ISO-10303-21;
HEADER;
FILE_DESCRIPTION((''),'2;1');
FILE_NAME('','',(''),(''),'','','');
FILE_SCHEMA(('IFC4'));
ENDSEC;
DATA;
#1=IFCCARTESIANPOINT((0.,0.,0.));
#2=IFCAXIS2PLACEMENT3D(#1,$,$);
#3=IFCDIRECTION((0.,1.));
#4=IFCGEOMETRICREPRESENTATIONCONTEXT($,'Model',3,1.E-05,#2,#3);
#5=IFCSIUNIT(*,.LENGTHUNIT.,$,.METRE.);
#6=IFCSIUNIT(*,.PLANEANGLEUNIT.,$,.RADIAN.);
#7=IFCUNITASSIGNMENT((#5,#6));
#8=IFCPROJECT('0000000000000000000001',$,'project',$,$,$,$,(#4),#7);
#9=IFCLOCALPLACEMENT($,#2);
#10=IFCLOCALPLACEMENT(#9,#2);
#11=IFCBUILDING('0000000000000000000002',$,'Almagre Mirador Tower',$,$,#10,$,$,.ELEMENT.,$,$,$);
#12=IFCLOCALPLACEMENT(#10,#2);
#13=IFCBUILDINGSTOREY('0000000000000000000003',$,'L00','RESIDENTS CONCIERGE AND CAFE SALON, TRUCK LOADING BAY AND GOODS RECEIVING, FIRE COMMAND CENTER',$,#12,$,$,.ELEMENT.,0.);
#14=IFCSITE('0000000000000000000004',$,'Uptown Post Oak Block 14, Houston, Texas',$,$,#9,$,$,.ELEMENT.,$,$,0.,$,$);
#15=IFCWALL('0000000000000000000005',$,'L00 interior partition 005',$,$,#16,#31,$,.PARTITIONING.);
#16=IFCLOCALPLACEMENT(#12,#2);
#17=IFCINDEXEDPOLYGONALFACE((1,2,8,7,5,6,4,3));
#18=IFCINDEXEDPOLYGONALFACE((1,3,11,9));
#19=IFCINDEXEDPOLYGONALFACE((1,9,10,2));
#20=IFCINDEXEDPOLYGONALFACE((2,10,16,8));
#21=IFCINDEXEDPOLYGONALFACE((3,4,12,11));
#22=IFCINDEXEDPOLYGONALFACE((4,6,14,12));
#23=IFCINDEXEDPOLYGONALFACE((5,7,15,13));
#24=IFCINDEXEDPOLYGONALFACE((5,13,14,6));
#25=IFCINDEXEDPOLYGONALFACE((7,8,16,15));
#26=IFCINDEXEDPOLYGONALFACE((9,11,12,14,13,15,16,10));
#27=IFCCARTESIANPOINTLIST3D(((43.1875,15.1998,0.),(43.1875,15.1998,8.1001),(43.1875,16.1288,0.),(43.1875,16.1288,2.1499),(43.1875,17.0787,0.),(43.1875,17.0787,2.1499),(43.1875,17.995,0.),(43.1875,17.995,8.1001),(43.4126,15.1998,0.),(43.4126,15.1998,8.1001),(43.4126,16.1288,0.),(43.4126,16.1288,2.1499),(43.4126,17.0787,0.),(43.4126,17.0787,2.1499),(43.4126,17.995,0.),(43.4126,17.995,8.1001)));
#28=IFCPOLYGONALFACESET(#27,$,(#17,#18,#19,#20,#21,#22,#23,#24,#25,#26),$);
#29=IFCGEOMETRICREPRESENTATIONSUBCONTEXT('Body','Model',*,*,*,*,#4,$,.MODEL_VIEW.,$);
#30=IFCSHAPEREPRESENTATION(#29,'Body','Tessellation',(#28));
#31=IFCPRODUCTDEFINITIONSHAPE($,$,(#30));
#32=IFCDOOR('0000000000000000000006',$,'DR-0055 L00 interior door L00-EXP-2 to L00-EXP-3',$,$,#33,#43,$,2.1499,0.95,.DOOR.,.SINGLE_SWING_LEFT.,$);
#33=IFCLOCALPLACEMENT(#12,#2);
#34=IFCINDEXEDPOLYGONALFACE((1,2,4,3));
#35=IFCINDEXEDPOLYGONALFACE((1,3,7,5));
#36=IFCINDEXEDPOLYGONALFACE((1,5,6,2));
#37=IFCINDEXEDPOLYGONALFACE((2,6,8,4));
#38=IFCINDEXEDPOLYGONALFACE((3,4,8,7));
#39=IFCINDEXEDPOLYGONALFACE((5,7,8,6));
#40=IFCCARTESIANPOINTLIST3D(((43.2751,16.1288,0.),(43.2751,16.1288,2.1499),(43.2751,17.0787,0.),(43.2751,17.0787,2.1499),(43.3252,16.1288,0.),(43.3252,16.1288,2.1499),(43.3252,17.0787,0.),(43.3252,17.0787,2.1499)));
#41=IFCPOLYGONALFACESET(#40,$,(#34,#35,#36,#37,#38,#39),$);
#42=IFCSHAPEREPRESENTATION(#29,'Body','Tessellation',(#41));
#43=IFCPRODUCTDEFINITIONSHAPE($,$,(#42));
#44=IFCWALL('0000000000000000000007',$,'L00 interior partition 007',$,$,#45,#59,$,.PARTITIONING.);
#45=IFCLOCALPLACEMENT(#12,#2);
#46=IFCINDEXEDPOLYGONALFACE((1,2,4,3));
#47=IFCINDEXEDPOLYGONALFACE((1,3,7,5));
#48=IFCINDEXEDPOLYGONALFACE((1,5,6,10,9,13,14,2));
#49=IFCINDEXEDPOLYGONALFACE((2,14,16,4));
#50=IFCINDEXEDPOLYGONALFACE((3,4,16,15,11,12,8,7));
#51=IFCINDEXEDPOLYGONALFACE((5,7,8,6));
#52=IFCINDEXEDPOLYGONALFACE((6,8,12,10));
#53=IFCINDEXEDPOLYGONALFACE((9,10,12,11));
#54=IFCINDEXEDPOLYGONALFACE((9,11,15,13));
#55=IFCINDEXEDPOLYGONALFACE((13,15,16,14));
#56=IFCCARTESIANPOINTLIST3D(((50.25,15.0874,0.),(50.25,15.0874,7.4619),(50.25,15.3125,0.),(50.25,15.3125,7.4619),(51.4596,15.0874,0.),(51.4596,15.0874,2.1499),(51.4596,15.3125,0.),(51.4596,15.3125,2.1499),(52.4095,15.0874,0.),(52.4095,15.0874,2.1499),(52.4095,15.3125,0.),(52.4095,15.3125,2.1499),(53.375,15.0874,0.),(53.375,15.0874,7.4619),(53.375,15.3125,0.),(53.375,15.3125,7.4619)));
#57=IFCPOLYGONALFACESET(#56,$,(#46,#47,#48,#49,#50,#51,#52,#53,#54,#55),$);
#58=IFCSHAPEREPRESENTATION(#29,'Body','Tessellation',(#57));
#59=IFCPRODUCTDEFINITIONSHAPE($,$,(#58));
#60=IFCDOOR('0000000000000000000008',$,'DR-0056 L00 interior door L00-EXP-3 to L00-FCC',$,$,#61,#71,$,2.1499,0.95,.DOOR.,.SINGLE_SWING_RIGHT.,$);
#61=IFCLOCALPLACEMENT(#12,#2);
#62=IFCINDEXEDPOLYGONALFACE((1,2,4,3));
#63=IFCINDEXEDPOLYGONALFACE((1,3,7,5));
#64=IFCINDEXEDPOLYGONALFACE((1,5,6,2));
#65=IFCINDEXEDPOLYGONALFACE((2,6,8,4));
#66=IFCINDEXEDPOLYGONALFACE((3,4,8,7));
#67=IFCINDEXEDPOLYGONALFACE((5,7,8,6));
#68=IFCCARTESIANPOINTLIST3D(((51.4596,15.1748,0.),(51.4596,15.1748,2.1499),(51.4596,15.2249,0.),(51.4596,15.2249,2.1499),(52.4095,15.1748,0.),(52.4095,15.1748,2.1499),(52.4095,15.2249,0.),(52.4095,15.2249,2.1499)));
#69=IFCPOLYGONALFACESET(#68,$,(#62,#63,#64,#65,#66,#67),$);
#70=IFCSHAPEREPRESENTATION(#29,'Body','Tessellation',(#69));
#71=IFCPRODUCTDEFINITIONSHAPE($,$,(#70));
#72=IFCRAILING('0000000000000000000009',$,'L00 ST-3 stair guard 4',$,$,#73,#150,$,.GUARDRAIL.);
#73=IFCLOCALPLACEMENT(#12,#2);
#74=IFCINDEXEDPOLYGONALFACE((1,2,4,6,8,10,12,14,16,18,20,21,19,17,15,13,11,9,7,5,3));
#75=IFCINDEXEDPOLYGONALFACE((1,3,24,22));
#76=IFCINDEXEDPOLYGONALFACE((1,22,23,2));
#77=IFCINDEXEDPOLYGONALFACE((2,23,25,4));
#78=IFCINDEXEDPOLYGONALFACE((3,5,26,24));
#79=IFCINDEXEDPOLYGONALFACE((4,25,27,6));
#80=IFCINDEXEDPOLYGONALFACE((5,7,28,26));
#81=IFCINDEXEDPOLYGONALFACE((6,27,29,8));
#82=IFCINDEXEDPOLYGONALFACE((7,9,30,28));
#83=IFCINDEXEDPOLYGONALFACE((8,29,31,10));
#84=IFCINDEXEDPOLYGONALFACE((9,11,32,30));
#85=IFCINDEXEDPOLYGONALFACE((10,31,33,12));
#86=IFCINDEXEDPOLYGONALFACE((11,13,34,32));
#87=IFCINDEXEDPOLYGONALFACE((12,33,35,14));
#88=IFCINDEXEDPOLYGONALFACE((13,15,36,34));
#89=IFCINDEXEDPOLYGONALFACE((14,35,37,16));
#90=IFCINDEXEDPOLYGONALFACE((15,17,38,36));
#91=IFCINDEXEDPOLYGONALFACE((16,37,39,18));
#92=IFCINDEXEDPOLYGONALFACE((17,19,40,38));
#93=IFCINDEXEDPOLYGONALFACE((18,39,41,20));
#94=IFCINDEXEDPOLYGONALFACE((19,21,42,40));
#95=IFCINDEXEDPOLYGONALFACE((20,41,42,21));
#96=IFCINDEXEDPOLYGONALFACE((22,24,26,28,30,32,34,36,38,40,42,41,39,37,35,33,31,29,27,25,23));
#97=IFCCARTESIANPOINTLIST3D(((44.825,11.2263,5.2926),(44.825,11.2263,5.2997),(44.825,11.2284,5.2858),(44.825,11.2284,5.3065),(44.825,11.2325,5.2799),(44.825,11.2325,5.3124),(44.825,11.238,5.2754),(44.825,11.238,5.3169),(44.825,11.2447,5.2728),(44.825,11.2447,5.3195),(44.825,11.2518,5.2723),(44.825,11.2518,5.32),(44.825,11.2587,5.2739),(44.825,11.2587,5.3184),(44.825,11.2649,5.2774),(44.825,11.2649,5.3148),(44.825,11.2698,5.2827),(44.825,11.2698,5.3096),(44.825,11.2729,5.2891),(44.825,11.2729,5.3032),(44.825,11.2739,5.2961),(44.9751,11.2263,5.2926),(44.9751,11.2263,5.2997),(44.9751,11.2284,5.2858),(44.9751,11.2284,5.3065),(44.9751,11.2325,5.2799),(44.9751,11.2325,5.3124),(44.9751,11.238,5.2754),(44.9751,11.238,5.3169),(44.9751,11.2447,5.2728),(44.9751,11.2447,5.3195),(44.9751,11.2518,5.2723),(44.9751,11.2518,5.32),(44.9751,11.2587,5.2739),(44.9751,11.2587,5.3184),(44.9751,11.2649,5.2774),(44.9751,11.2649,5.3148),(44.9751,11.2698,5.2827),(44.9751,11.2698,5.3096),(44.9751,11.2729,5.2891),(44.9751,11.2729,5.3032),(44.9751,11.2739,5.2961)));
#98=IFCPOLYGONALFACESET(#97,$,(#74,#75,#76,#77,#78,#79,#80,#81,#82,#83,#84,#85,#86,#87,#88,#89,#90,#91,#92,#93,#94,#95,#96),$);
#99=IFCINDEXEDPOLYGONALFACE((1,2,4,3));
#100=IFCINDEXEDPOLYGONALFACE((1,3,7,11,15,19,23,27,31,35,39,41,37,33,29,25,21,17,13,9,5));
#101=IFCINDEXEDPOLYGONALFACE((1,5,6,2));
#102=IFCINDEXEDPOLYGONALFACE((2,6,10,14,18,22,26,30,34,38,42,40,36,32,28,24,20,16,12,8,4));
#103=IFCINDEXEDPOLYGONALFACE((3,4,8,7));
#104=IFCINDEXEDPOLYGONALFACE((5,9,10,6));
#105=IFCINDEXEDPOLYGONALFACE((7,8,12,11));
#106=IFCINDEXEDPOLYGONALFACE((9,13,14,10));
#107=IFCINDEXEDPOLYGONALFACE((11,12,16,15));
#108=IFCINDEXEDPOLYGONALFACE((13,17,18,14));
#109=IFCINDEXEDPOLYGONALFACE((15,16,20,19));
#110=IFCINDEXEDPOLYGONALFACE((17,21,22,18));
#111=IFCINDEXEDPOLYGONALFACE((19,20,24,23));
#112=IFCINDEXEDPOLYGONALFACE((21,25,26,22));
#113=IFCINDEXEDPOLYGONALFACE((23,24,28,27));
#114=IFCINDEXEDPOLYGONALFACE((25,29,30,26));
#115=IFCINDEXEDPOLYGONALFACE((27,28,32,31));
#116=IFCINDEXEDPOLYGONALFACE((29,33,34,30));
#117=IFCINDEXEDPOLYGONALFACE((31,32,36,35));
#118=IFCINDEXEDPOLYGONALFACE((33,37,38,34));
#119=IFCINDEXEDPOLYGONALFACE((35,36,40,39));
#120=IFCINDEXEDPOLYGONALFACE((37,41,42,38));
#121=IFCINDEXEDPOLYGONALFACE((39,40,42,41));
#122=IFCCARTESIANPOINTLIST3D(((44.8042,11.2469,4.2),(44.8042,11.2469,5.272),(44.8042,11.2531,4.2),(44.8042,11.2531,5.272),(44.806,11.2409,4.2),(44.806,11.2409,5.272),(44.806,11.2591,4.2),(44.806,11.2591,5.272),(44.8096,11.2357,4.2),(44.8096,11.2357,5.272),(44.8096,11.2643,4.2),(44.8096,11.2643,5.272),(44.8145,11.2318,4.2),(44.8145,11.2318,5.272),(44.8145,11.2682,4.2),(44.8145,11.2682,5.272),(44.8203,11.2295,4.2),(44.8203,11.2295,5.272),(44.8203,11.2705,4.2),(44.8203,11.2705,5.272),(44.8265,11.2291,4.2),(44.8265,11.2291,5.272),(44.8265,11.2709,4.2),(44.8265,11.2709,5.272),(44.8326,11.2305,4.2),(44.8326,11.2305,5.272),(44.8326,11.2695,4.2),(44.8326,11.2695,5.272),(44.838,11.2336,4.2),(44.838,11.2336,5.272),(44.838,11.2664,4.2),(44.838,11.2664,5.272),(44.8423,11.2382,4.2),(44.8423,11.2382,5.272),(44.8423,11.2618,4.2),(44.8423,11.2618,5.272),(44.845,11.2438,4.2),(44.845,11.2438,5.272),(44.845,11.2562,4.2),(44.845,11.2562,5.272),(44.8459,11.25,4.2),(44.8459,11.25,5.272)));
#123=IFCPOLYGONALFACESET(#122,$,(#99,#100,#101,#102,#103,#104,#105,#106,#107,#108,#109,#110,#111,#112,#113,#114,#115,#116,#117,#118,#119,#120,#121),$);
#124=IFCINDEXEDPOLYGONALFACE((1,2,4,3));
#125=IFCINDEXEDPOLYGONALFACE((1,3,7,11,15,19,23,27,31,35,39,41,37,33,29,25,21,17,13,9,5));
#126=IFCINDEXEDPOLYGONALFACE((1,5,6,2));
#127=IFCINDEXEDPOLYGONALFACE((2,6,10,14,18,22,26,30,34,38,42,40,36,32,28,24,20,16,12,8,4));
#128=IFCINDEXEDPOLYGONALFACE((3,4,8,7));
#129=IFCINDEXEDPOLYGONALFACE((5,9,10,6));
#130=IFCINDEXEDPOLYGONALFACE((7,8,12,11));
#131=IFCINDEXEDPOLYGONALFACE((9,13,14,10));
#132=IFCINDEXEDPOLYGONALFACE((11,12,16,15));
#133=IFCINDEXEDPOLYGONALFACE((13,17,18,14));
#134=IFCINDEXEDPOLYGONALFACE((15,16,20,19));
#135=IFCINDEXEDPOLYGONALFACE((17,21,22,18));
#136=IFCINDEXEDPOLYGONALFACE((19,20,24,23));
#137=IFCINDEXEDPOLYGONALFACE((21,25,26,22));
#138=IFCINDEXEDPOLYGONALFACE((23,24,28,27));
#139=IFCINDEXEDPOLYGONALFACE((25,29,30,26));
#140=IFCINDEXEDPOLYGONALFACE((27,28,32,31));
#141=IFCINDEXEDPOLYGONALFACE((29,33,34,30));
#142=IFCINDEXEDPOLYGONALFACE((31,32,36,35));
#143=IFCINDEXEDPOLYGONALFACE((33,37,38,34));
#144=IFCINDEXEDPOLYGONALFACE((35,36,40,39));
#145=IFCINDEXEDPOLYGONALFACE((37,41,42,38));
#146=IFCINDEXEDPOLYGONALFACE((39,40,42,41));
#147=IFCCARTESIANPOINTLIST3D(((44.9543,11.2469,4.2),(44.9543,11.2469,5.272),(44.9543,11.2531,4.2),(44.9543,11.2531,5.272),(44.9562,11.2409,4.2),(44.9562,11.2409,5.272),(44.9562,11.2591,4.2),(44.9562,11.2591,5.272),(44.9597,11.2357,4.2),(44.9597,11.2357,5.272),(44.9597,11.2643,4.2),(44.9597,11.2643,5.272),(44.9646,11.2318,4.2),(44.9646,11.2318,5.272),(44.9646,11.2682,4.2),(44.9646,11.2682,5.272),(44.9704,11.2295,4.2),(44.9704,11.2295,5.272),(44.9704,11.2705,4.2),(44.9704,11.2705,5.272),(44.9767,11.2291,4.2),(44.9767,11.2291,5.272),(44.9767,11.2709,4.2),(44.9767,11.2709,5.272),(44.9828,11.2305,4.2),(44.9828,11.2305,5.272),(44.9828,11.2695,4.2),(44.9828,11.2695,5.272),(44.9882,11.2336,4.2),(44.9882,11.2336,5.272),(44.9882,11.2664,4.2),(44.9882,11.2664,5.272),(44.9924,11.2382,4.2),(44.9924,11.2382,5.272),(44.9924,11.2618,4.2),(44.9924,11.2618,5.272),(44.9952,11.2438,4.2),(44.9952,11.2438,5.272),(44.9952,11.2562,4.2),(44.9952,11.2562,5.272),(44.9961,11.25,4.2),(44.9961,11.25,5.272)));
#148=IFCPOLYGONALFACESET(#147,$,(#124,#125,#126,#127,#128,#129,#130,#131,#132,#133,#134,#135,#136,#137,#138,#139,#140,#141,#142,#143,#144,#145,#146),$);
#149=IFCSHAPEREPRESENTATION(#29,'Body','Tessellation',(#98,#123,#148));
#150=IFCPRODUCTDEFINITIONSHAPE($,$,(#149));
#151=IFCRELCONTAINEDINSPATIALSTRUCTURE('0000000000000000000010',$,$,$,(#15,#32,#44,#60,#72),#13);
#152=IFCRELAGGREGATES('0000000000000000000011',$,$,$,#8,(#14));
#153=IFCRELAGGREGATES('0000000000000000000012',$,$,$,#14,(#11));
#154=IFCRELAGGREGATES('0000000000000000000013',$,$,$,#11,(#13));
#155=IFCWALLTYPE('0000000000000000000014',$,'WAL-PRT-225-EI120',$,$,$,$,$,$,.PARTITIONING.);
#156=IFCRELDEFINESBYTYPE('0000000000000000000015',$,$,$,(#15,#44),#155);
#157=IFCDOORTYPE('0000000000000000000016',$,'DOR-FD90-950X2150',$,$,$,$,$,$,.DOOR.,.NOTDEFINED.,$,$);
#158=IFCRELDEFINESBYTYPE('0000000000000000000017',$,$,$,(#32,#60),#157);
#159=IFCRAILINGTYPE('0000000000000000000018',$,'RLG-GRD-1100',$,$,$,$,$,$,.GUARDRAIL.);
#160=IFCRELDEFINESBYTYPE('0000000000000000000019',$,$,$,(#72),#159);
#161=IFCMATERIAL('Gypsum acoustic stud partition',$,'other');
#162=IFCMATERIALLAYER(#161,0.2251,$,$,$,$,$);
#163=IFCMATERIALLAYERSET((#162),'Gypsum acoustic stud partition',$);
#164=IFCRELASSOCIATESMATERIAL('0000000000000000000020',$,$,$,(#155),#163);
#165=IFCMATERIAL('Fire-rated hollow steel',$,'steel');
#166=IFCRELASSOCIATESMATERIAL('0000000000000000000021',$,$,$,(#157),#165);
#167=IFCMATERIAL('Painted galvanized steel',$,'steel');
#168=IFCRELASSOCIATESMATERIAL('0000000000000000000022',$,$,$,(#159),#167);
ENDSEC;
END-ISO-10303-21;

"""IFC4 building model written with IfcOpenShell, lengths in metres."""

from ifc_helpers import new_model, si_unit, direction, frame, frame_2d, origin, origin_2d, place, context, subcontext, project, spatial, rectangle, circle, extrude, material, layer, layer_set, type_object, element, fill, save


model = new_model("IFC4")

# Units and contexts
model_context = context("Model", 3, precision=1e-05, world=origin(), true_north=direction((0.0, 1.0)))
body_context = subcontext(model_context, "Body", "Model", "MODEL_VIEW")
ifc_project = project(units=[si_unit("LENGTHUNIT", "METRE"), si_unit("PLANEANGLEUNIT", "RADIAN")], contexts=[model_context])

# Site, building, storey
site_placement = place(None, origin())
site = spatial("IfcSite", under=ifc_project, at=site_placement, Name="Uptown Post Oak Block 14, Houston, Texas", CompositionType="ELEMENT", RefElevation=0.0)
building_placement = place(site_placement, origin())
building = spatial("IfcBuilding", under=site, at=building_placement, Name="Almagre Mirador Tower", CompositionType="ELEMENT")
storey_placement = place(building_placement, origin())
storey = spatial("IfcBuildingStorey", under=building, at=storey_placement, Name="L00", Description="RESIDENTS CONCIERGE AND CAFE SALON, TRUCK LOADING BAY AND GOODS RECEIVING, FIRE COMMAND CENTER", CompositionType="ELEMENT", Elevation=0.0)

# Walls, openings, doors
ifc_material_1 = material(Name="Gypsum acoustic stud partition", Category="other")
ifc_layer_1 = layer(ifc_material_1, 0.2251)
ifc_layer_set_1 = layer_set([ifc_layer_1], Name="Gypsum acoustic stud partition")
wall_type_1 = type_object("IfcWallType", Name="WAL-PRT-225-EI120", PredefinedType="PARTITIONING", material=ifc_layer_set_1)
wall_1_placement = place(storey_placement, frame((43.3, 15.2, 0.0), z_axis=(0.0, 0.0, 1.0), x_axis=(0.0, 1.0, 0.0)))
wall_1 = element("IfcWall", 1, at=wall_1_placement, inside=storey, type_object=wall_type_1, Name="L00 interior partition 005", PredefinedType="PARTITIONING", context=body_context, shape_type="SweptSolid", body=[
    extrude(rectangle(XDim=2.7952, YDim=0.2251, at=frame_2d((1.3975, 0.0))), origin(), (0.0, 0.0, 1.0), 8.1001),
])
opening_1_placement = place(wall_1_placement, frame((0.9287, 0.0, 0.0)))
opening_1 = element("IfcOpeningElement", 2, at=opening_1_placement, cuts=wall_1, PredefinedType="OPENING", context=body_context, shape_type="SweptSolid", body=[
    extrude(rectangle(XDim=0.95, YDim=2.1499, at=frame_2d((0.4751, 1.075))), frame((0.0, 0.1225, 0.0), z_axis=(0.0, -1.0, 0.0), x_axis=(1.0, 0.0, 0.0)), (0.0, 0.0, 1.0), 0.2451),
])
ifc_material_2 = material(Name="Fire-rated hollow steel", Category="steel")
door_type_1 = type_object("IfcDoorType", Name="DOR-FD90-950X2150", OperationType="NOTDEFINED", PredefinedType="DOOR", material=ifc_material_2)
door_1_placement = place(opening_1_placement, origin())
door_1 = element("IfcDoor", 3, at=door_1_placement, inside=storey, type_object=door_type_1, Name="DR-0055 L00 interior door L00-EXP-2 to L00-EXP-3", OperationType="SINGLE_SWING_LEFT", OverallHeight=2.1499, OverallWidth=0.95, PredefinedType="DOOR", context=body_context, shape_type="SweptSolid", body=[
    extrude(rectangle(XDim=0.95, YDim=2.1499, at=frame_2d((0.4751, 1.075))), frame((0.0, 0.0249, 0.0), z_axis=(0.0, -1.0, 0.0), x_axis=(1.0, 0.0, 0.0)), (0.0, 0.0, 1.0), 0.05),
])
fill(opening_1, door_1)
wall_2_placement = place(storey_placement, frame((50.25, 15.2, 0.0), z_axis=(0.0, 0.0, 1.0), x_axis=(1.0, 0.0, 0.0)))
wall_2 = element("IfcWall", 4, at=wall_2_placement, inside=storey, type_object=wall_type_1, Name="L00 interior partition 007", PredefinedType="PARTITIONING", context=body_context, shape_type="SweptSolid", body=[
    extrude(rectangle(XDim=3.125, YDim=0.2251, at=frame_2d((1.5625, 0.0))), origin(), (0.0, 0.0, 1.0), 7.4619),
])
opening_2_placement = place(wall_2_placement, frame((1.2095, 0.0, 0.0)))
opening_2 = element("IfcOpeningElement", 5, at=opening_2_placement, cuts=wall_2, PredefinedType="OPENING", context=body_context, shape_type="SweptSolid", body=[
    extrude(rectangle(XDim=0.95, YDim=2.1499, at=frame_2d((0.4751, 1.075))), frame((0.0, 0.1225, 0.0), z_axis=(0.0, -1.0, 0.0), x_axis=(1.0, 0.0, 0.0)), (0.0, 0.0, 1.0), 0.2451),
])
door_2_placement = place(opening_2_placement, origin())
door_2 = element("IfcDoor", 6, at=door_2_placement, inside=storey, type_object=door_type_1, Name="DR-0056 L00 interior door L00-EXP-3 to L00-FCC", OperationType="SINGLE_SWING_RIGHT", OverallHeight=2.1499, OverallWidth=0.95, PredefinedType="DOOR", context=body_context, shape_type="SweptSolid", body=[
    extrude(rectangle(XDim=0.95, YDim=2.1499, at=frame_2d((0.4751, 1.075))), frame((0.0, 0.0249, 0.0), z_axis=(0.0, -1.0, 0.0), x_axis=(1.0, 0.0, 0.0)), (0.0, 0.0, 1.0), 0.05),
])
fill(opening_2, door_2)

# Railing
ifc_material_3 = material(Name="Painted galvanized steel", Category="steel")
railing_type = type_object("IfcRailingType", Name="RLG-GRD-1100", PredefinedType="GUARDRAIL", material=ifc_material_3)
for number, where, name in (
    (7, (44.825, 11.25, 4.2), "L00 ST-3 stair guard 4"),
):
    element("IfcRailing", number, at=place(storey_placement, frame(where)), inside=storey, type_object=railing_type, Name=name, PredefinedType="GUARDRAIL", context=body_context, shape_type="SweptSolid", body=[
        extrude(circle(Radius=0.0239, at=origin_2d()), frame((0.0, 0.0, 1.0962), z_axis=(1.0, 0.0, 0.0), x_axis=(0.0, 1.0, 0.0)), (0.0, 0.0, 1.0), 0.1501),
        extrude(circle(Radius=0.021, at=origin_2d()), origin(), (0.0, 0.0, 1.0), 1.072),
        extrude(circle(Radius=0.021, at=origin_2d()), frame((0.1501, 0.0, 0.0)), (0.0, 0.0, 1.0), 1.072),
    ])

save(model, "model.ifc")
